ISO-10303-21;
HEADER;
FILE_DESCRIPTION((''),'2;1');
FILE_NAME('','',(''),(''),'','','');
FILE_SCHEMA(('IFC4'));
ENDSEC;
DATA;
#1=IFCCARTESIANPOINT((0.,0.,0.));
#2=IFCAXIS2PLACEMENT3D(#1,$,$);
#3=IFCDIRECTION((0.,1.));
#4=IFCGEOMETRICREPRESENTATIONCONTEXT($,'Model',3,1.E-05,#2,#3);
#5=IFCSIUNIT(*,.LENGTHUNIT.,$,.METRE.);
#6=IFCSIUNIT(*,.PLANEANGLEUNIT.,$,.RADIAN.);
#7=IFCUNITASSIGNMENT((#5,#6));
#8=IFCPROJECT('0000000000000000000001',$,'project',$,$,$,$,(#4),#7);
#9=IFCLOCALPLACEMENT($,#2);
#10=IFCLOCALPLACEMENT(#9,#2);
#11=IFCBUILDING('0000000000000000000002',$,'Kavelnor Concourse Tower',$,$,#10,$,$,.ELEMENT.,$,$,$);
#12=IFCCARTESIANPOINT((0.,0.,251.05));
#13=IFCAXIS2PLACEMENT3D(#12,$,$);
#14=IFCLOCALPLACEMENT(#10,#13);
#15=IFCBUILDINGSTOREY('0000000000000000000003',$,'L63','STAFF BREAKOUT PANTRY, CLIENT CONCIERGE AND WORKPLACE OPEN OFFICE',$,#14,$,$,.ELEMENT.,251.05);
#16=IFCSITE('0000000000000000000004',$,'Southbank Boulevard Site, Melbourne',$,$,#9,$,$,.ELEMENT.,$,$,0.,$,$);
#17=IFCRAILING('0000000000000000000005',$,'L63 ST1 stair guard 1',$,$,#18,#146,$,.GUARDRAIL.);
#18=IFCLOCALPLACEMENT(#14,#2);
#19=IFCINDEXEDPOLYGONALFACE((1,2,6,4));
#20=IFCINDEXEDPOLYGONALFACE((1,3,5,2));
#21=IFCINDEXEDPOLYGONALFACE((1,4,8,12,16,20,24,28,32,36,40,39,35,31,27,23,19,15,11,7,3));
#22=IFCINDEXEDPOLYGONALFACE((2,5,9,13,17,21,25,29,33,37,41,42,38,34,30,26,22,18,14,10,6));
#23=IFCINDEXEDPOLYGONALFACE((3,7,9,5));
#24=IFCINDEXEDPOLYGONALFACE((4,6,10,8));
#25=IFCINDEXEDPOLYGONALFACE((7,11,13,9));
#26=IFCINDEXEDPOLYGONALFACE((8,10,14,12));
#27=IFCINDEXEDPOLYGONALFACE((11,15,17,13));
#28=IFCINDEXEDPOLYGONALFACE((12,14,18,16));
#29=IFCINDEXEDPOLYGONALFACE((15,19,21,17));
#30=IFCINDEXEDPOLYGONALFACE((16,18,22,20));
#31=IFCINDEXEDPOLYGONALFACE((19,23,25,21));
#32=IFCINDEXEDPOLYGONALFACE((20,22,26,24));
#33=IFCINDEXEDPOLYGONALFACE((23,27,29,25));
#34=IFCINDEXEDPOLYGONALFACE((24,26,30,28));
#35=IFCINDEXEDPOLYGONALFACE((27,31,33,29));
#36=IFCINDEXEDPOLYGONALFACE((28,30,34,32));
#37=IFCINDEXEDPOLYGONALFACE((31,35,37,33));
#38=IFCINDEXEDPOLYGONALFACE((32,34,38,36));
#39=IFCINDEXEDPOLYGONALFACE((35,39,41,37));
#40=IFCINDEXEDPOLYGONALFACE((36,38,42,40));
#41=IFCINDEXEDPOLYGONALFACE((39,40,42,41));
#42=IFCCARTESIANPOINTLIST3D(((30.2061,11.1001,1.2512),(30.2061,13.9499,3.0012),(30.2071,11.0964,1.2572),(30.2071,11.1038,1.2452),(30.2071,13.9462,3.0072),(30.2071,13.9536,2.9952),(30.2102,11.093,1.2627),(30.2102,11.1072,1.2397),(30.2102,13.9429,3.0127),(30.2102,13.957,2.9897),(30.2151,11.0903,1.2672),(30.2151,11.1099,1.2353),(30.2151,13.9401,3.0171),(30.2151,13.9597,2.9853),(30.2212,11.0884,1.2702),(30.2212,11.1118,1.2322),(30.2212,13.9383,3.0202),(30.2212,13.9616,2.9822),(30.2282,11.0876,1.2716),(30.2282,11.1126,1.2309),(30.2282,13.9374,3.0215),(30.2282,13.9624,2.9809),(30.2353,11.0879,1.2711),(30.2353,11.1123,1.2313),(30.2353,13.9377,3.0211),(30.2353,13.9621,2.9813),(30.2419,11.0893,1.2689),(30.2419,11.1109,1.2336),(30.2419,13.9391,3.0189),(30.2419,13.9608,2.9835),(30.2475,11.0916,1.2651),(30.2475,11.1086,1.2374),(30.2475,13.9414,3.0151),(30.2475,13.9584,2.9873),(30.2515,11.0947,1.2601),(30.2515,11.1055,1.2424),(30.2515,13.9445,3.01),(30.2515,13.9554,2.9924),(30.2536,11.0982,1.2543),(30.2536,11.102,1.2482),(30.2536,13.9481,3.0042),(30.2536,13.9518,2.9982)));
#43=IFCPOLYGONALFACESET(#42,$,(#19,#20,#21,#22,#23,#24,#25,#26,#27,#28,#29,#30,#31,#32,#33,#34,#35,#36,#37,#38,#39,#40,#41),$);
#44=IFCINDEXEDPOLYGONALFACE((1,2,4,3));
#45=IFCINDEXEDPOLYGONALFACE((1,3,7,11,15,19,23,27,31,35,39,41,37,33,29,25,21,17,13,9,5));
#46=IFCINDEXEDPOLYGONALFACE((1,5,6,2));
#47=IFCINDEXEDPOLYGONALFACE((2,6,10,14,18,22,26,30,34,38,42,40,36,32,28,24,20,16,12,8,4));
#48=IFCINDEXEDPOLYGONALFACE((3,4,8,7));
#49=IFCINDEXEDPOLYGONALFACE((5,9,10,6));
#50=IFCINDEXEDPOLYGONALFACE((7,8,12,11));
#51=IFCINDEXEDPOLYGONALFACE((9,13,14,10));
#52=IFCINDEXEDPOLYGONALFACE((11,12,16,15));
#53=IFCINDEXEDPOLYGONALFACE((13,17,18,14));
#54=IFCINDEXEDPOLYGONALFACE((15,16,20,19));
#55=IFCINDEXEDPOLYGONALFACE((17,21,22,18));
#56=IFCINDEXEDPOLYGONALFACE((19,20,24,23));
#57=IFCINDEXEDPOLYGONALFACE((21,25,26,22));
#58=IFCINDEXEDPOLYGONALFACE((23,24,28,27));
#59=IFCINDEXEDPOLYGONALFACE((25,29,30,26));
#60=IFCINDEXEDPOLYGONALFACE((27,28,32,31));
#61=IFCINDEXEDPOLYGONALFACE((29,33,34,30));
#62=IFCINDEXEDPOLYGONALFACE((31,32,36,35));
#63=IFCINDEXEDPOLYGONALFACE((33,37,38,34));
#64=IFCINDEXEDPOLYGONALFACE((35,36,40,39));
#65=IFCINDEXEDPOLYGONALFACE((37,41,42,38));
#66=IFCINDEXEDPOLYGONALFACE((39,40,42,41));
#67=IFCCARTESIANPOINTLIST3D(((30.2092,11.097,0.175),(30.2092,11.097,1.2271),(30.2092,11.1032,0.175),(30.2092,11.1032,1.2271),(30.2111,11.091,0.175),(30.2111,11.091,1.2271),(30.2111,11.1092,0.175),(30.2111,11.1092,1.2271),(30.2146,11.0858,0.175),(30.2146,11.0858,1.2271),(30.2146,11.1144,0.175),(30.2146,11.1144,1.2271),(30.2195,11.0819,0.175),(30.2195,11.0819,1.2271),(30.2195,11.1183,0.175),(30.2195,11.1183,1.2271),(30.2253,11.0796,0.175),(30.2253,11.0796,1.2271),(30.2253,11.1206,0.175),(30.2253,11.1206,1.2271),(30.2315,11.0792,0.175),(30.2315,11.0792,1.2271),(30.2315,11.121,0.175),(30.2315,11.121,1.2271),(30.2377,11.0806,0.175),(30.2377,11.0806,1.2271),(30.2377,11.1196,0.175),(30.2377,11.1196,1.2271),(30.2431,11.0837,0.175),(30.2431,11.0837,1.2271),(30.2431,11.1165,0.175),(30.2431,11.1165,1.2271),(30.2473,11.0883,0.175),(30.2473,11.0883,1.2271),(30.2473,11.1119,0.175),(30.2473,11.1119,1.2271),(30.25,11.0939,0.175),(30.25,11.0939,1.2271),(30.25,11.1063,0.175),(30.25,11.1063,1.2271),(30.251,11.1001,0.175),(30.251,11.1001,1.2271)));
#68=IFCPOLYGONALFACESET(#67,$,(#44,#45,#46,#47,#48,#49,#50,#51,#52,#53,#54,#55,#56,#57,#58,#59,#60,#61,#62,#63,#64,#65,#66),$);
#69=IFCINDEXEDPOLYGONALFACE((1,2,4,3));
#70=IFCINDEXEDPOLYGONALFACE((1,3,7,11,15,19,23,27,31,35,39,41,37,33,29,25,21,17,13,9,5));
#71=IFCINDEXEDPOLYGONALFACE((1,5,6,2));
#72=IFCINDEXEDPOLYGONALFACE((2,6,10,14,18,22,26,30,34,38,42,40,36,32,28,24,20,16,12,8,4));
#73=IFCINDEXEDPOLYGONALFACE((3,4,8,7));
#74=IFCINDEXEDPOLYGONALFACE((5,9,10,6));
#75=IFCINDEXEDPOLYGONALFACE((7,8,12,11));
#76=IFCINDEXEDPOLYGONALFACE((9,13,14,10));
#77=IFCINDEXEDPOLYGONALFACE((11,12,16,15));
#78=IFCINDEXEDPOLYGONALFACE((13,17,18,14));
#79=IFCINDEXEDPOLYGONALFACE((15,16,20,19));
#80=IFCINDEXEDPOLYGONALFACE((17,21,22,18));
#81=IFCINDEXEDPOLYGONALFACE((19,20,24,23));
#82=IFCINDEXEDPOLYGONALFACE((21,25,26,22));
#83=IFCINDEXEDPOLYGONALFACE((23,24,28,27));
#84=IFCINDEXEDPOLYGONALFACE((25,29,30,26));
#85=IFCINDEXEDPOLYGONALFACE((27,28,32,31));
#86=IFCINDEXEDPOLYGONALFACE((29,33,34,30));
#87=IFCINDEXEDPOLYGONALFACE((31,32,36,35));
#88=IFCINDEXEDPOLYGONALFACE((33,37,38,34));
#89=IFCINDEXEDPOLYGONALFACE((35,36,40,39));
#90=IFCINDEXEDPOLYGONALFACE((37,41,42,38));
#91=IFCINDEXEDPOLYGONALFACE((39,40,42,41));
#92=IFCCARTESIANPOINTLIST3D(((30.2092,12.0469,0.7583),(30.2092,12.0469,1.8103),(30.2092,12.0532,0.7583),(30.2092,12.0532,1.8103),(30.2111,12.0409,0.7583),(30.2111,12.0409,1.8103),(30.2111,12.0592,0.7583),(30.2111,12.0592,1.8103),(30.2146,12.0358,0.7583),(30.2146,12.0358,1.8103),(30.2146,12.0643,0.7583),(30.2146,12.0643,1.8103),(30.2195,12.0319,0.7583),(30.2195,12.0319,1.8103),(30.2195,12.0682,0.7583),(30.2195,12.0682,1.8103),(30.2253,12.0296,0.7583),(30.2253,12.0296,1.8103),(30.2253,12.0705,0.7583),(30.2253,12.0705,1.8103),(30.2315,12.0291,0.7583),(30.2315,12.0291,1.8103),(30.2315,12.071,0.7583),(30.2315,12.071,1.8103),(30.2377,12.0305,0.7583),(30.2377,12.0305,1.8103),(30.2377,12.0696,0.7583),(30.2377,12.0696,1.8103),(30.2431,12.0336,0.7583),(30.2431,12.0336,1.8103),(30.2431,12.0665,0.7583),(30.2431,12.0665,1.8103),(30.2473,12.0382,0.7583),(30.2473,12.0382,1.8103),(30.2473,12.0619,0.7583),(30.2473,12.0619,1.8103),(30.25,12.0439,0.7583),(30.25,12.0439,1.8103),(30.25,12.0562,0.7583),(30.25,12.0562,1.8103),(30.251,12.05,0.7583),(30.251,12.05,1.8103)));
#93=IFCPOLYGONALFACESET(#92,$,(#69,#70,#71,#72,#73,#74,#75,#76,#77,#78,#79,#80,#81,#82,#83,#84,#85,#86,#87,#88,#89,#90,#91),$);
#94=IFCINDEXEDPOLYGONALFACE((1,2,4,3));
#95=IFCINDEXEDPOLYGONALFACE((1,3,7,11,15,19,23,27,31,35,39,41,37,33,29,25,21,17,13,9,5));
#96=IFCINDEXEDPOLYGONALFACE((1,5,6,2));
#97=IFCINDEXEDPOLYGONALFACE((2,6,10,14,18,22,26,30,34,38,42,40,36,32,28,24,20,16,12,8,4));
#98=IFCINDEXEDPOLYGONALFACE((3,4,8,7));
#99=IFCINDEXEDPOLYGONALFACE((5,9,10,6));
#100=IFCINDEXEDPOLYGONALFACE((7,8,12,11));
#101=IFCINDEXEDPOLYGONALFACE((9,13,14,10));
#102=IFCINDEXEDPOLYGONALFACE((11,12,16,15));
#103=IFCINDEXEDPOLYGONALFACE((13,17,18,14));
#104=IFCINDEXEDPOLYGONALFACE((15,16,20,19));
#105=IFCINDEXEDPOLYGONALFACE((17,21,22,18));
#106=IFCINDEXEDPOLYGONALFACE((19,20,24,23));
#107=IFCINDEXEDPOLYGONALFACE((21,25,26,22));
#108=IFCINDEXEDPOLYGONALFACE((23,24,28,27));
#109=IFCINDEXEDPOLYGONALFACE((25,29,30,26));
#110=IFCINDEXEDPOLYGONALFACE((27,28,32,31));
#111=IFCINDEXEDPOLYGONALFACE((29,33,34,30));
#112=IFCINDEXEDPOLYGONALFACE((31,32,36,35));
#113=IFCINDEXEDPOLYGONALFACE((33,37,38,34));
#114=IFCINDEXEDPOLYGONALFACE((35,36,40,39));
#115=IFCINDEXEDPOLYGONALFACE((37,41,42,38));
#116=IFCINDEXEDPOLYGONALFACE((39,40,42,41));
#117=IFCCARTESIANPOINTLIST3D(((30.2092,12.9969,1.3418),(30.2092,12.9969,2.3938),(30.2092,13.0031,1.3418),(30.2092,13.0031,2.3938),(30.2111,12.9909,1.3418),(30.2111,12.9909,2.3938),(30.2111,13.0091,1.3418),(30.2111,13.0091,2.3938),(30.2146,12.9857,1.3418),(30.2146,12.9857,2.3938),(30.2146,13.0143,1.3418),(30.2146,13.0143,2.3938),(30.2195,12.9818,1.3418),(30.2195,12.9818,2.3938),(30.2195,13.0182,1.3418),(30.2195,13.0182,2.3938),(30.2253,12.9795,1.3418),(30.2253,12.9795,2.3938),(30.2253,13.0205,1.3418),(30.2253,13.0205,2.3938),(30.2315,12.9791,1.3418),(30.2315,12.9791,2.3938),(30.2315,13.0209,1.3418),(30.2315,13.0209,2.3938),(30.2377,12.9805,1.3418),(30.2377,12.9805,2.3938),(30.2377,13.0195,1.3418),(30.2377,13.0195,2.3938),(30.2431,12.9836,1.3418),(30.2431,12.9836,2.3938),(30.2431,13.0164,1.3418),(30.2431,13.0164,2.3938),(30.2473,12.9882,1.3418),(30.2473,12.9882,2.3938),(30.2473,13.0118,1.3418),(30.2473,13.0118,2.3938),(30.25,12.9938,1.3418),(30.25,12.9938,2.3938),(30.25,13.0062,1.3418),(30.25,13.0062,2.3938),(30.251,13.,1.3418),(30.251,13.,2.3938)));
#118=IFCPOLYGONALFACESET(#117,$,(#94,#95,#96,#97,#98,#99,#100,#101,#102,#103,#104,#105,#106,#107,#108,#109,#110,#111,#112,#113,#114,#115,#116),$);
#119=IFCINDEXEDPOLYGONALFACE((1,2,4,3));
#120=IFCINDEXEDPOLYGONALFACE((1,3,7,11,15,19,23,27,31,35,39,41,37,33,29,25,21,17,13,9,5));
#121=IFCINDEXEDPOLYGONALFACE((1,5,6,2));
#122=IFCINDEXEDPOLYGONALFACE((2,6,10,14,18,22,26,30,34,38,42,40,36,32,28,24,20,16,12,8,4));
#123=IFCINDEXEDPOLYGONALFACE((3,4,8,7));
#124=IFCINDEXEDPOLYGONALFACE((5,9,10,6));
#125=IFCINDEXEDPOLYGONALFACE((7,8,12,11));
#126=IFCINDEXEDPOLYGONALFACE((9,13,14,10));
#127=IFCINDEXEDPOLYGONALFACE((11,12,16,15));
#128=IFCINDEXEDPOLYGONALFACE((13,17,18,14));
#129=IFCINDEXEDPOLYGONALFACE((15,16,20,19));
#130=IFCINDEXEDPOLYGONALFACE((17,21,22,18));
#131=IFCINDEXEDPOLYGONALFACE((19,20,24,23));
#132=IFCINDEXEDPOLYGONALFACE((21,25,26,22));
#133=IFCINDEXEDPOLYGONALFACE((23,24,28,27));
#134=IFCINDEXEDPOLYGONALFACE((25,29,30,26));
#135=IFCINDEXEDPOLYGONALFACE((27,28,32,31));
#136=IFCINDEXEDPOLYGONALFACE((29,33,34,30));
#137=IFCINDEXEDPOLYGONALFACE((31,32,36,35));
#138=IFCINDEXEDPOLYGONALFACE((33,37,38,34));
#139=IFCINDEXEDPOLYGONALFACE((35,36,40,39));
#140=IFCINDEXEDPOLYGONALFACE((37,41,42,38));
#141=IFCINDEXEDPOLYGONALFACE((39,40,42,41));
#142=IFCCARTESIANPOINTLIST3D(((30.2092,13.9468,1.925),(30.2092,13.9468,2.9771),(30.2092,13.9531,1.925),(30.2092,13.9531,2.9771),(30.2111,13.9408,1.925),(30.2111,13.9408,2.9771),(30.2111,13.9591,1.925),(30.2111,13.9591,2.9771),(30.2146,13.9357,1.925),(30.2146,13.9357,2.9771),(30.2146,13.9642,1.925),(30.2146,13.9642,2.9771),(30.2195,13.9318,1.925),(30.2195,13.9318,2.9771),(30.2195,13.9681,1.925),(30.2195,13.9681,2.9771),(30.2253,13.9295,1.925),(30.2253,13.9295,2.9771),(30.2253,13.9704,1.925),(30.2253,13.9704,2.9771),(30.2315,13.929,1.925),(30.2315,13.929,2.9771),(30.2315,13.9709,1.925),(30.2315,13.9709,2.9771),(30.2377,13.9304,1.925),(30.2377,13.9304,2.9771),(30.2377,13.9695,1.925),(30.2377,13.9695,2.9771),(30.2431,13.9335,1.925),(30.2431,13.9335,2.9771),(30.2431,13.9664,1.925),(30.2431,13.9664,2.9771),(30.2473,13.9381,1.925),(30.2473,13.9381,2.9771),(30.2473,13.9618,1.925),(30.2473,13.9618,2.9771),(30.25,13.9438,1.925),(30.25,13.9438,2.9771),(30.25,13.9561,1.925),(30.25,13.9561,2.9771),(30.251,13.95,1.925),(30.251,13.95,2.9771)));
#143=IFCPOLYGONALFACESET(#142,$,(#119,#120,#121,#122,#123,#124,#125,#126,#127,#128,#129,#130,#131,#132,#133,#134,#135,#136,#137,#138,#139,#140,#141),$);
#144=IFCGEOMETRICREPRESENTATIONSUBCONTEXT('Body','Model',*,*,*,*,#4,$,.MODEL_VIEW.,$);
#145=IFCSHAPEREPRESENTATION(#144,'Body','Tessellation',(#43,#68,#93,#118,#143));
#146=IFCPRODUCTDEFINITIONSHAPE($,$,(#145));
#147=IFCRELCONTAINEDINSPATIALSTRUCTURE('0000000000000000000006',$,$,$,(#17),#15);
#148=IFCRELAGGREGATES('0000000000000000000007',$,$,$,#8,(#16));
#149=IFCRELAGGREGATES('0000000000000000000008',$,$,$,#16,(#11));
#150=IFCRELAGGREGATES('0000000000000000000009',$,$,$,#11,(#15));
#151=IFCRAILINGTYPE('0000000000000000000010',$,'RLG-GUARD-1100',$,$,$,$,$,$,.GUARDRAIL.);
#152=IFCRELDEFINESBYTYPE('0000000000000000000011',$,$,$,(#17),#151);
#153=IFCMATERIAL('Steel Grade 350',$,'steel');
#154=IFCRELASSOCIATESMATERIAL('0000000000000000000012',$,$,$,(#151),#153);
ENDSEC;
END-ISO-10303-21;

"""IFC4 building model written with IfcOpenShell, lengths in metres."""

from ifc_helpers import new_model, si_unit, direction, frame, origin, origin_2d, place, context, subcontext, project, spatial, circle, extrude, material, type_object, element, save


model = new_model("IFC4")

# Units and contexts
model_context = context("Model", 3, precision=1e-05, world=origin(), true_north=direction((0.0, 1.0)))
body_context = subcontext(model_context, "Body", "Model", "MODEL_VIEW")
ifc_project = project(units=[si_unit("LENGTHUNIT", "METRE"), si_unit("PLANEANGLEUNIT", "RADIAN")], contexts=[model_context])

# Site, building, storey
site_placement = place(None, origin())
site = spatial("IfcSite", under=ifc_project, at=site_placement, Name="Southbank Boulevard Site, Melbourne", CompositionType="ELEMENT", RefElevation=0.0)
building_placement = place(site_placement, origin())
building = spatial("IfcBuilding", under=site, at=building_placement, Name="Kavelnor Concourse Tower", CompositionType="ELEMENT")
storey_placement = place(building_placement, frame((0.0, 0.0, 251.05)))
storey = spatial("IfcBuildingStorey", under=building, at=storey_placement, Name="L63", Description="STAFF BREAKOUT PANTRY, CLIENT CONCIERGE AND WORKPLACE OPEN OFFICE", CompositionType="ELEMENT", Elevation=251.05)

# Shared definitions
ifc_material_1 = material(Name="Steel Grade 350", Category="steel")

# Railing
railing_type_1 = type_object("IfcRailingType", Name="RLG-GUARD-1100", PredefinedType="GUARDRAIL", material=ifc_material_1)
railing_1_placement = place(storey_placement, frame((30.23, 11.1001, 0.175)))
element("IfcRailing", 1, at=railing_1_placement, inside=storey, type_object=railing_type_1, Name="L63 ST1 stair guard 1", PredefinedType="GUARDRAIL", context=body_context, shape_type="SweptSolid", body=[
    extrude(circle(Radius=0.0239, at=origin_2d()), frame((0.0, 0.0, 1.0762), z_axis=(0.0, 0.852159, 0.523283), x_axis=(-1.0, 0.0, 0.0)), (0.0, 0.0, 1.0), 3.3442),
    extrude(circle(Radius=0.021, at=origin_2d()), origin(), (0.0, 0.0, 1.0), 1.052),
    extrude(circle(Radius=0.021, at=origin_2d()), frame((0.0, 0.95, 0.5833)), (0.0, 0.0, 1.0), 1.052),
    extrude(circle(Radius=0.021, at=origin_2d()), frame((0.0, 1.8999, 1.1667)), (0.0, 0.0, 1.0), 1.052),
    extrude(circle(Radius=0.021, at=origin_2d()), frame((0.0, 2.8499, 1.75)), (0.0, 0.0, 1.0), 1.052),
])

save(model, "model.ifc")
